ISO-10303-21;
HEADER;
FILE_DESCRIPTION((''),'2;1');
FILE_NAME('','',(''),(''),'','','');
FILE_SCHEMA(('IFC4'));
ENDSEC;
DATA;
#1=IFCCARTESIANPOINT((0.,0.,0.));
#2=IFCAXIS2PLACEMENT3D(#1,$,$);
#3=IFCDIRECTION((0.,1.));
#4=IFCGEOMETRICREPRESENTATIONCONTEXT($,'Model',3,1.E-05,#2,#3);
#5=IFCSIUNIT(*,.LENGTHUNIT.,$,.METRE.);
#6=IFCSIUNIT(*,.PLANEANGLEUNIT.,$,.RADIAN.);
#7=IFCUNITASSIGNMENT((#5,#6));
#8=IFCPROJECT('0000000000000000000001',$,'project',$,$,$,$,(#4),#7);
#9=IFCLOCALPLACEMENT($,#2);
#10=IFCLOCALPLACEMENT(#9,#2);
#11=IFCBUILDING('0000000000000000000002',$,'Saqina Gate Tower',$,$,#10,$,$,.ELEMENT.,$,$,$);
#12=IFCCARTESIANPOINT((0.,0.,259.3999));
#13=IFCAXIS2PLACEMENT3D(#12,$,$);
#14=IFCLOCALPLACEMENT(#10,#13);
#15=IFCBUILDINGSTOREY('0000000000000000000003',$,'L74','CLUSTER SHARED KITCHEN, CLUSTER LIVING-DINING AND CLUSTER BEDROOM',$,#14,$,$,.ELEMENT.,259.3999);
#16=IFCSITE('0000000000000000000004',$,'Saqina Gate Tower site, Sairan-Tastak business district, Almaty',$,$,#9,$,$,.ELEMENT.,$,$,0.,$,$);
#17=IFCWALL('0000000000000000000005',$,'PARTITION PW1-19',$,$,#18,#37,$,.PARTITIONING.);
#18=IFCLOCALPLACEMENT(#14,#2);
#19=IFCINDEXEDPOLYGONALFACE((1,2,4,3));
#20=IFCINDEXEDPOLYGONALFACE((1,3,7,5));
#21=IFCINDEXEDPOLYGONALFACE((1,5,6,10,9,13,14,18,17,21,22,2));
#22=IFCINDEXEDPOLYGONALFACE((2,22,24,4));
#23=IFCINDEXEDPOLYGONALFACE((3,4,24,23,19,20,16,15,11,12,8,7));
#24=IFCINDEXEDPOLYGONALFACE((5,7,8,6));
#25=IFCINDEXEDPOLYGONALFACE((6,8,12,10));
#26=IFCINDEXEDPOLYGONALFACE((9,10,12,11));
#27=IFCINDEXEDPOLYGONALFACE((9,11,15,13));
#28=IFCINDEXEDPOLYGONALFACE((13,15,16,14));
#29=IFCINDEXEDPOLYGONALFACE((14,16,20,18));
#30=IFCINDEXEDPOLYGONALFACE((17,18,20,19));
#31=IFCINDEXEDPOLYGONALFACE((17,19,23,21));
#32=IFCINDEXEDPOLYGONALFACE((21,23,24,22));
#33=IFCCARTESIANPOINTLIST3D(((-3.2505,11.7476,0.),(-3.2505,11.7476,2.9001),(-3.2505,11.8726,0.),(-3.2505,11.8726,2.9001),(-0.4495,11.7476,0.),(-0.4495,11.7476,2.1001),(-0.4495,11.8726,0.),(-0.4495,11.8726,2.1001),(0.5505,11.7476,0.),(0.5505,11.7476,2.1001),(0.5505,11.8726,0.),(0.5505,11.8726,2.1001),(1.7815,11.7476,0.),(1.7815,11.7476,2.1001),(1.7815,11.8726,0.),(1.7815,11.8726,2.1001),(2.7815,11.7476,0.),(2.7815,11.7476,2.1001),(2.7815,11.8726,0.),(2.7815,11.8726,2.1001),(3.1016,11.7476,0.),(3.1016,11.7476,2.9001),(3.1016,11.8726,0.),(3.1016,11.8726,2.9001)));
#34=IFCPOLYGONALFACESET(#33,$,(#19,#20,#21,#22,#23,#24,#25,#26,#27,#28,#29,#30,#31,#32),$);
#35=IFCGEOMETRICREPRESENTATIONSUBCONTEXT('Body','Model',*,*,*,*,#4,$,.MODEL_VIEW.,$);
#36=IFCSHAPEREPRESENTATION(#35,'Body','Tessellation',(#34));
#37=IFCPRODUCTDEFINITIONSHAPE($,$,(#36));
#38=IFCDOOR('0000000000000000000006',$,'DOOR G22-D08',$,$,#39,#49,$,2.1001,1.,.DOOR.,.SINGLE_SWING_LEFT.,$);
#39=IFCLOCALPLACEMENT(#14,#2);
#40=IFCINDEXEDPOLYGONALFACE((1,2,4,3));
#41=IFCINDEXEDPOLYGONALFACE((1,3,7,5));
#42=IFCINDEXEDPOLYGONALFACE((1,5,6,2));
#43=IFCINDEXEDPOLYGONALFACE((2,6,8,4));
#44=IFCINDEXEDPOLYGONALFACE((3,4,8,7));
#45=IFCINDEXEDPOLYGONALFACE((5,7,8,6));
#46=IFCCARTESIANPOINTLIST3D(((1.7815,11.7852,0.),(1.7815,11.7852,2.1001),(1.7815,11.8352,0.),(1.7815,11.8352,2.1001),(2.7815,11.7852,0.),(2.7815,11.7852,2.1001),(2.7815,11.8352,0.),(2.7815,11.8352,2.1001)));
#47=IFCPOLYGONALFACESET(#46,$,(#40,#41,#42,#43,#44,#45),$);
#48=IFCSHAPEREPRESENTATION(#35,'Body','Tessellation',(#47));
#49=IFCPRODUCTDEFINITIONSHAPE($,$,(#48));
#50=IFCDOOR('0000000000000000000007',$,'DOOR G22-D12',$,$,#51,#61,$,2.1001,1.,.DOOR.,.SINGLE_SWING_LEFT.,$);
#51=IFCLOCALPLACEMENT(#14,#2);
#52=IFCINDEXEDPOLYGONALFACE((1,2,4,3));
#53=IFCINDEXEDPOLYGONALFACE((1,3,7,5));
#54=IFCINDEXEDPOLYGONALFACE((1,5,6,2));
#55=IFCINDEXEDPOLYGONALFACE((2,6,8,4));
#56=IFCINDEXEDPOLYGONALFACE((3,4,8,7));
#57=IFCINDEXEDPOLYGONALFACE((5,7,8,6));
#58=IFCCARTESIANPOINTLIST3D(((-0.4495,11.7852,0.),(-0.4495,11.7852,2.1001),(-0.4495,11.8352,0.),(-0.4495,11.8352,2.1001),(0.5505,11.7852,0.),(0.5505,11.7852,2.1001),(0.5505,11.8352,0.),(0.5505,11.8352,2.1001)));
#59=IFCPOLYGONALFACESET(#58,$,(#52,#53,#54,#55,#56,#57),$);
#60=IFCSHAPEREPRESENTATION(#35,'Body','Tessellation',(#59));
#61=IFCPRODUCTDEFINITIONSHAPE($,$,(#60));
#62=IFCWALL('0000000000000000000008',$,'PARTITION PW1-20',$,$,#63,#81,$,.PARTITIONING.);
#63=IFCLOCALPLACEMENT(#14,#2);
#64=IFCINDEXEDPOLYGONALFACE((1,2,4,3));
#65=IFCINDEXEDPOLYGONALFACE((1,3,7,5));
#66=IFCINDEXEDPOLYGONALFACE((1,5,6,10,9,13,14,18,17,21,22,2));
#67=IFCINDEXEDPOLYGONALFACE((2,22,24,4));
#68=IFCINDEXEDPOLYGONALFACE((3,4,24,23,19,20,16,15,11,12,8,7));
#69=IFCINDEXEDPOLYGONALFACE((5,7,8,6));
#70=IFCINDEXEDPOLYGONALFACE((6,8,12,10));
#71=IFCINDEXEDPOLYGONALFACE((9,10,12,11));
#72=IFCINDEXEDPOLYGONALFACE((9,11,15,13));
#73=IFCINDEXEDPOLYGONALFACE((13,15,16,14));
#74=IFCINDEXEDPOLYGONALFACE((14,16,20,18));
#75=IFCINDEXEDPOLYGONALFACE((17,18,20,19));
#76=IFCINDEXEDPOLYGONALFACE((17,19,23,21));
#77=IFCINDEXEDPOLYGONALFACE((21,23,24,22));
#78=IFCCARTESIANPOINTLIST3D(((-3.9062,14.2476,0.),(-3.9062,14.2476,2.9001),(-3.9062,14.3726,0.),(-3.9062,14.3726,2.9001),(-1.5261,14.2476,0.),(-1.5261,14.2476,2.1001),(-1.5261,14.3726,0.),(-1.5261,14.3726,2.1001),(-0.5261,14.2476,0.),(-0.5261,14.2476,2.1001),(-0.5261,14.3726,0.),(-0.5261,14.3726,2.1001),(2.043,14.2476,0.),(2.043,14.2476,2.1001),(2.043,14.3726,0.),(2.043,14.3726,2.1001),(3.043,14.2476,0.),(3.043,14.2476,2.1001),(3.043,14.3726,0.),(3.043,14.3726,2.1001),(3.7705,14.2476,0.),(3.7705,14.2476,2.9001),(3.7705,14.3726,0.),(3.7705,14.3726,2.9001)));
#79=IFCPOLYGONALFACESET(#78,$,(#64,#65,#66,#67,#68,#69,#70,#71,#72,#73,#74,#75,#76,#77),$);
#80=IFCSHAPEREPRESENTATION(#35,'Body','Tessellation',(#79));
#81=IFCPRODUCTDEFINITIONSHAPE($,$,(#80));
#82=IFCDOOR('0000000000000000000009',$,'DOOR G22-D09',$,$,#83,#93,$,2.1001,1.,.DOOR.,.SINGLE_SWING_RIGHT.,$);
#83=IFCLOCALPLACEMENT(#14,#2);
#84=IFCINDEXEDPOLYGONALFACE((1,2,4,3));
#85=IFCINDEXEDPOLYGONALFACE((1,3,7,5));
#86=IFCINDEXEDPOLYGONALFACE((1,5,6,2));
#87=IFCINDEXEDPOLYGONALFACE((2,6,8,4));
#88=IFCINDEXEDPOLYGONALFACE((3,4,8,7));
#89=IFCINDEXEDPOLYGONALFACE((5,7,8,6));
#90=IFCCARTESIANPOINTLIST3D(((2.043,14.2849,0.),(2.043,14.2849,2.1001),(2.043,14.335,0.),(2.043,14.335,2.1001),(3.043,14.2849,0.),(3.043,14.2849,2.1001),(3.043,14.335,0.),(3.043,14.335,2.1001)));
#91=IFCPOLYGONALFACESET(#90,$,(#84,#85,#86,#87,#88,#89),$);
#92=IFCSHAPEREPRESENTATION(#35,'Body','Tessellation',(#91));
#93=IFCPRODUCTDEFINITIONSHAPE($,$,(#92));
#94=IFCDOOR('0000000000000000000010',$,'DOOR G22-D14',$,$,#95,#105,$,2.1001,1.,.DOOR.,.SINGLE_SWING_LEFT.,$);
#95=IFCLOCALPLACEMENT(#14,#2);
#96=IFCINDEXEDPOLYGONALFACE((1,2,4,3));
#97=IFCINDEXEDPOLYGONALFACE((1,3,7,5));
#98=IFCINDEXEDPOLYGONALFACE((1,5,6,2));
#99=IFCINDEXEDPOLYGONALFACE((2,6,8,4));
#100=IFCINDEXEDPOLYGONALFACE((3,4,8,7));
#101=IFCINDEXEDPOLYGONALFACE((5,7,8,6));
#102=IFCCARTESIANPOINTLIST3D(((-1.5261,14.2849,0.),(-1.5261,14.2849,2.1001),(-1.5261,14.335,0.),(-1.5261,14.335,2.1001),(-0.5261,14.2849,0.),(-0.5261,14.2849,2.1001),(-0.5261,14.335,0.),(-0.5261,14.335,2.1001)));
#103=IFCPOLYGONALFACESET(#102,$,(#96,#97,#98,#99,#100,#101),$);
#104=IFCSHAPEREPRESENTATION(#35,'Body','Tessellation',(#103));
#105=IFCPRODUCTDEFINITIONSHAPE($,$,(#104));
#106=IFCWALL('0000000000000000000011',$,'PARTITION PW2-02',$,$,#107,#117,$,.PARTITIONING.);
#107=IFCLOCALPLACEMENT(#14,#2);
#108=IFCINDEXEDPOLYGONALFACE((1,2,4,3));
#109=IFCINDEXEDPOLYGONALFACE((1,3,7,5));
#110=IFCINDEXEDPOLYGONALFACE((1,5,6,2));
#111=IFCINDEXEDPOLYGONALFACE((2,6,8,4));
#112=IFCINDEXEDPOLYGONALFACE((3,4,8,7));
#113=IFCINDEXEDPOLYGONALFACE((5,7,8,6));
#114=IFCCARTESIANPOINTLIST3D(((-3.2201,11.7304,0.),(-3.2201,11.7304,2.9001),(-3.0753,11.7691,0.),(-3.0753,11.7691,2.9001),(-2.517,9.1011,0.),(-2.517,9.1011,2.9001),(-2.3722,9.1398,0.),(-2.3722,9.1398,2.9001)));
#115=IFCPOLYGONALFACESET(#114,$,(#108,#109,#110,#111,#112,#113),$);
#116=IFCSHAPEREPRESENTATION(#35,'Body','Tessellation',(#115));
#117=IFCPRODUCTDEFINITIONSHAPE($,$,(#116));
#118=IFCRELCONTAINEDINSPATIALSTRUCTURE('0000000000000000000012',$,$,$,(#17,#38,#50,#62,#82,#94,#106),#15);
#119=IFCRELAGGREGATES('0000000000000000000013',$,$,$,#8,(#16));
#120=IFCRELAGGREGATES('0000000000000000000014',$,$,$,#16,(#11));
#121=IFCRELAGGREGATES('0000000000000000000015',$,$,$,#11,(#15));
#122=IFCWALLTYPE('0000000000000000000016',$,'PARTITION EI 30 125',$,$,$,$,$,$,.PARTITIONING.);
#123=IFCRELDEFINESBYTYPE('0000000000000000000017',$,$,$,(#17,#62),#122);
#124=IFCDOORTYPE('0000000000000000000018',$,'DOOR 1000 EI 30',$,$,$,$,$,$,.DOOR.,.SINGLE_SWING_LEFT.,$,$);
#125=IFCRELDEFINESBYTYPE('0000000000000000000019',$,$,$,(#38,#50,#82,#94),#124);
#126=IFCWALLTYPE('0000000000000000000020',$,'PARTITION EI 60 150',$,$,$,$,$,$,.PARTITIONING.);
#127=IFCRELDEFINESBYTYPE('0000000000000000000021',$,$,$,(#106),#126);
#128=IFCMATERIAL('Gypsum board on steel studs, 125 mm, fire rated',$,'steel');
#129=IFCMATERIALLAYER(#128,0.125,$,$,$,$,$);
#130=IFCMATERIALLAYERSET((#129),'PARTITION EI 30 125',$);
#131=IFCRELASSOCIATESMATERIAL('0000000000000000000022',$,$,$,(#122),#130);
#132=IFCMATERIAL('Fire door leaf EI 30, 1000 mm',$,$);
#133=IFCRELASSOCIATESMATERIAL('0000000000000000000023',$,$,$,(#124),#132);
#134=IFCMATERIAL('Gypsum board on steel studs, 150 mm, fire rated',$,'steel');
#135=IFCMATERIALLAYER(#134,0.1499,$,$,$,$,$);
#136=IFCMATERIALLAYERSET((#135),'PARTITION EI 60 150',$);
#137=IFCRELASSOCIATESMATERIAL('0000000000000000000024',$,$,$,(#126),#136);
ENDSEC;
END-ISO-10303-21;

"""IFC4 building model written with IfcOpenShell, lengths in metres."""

from ifc_helpers import new_model, si_unit, direction, frame, frame_2d, origin, place, context, subcontext, project, spatial, rectangle, extrude, material, layer, layer_set, type_object, element, fill, save


model = new_model("IFC4")

# Units and contexts
model_context = context("Model", 3, precision=1e-05, world=origin(), true_north=direction((0.0, 1.0)))
body_context = subcontext(model_context, "Body", "Model", "MODEL_VIEW")
ifc_project = project(units=[si_unit("LENGTHUNIT", "METRE"), si_unit("PLANEANGLEUNIT", "RADIAN")], contexts=[model_context])

# Site, building, storey
site_placement = place(None, origin())
site = spatial("IfcSite", under=ifc_project, at=site_placement, Name="Saqina Gate Tower site, Sairan-Tastak business district, Almaty", CompositionType="ELEMENT", RefElevation=0.0)
building_placement = place(site_placement, origin())
building = spatial("IfcBuilding", under=site, at=building_placement, Name="Saqina Gate Tower", CompositionType="ELEMENT")
storey_placement = place(building_placement, frame((0.0, 0.0, 259.3999)))
storey = spatial("IfcBuildingStorey", under=building, at=storey_placement, Name="L74", Description="CLUSTER SHARED KITCHEN, CLUSTER LIVING-DINING AND CLUSTER BEDROOM", CompositionType="ELEMENT", Elevation=259.3999)

# Walls, openings, doors
ifc_material_1 = material(Name="Gypsum board on steel studs, 125 mm, fire rated", Category="steel")
ifc_layer_1 = layer(ifc_material_1, 0.125)
ifc_layer_set_1 = layer_set([ifc_layer_1], Name="PARTITION EI 30 125")
wall_type_1 = type_object("IfcWallType", Name="PARTITION EI 30 125", PredefinedType="PARTITIONING", material=ifc_layer_set_1)
wall_1_placement = place(storey_placement, frame((-3.2505, 11.8101, 0.0), z_axis=(0.0, 0.0, 1.0), x_axis=(1.0, 0.0, 0.0)))
wall_1 = element("IfcWall", 1, at=wall_1_placement, inside=storey, type_object=wall_type_1, Name="PARTITION PW1-19", PredefinedType="PARTITIONING", context=body_context, shape_type="SweptSolid", body=[
    extrude(rectangle(XDim=6.3521, YDim=0.125, at=frame_2d((3.176, 0.0))), origin(), (0.0, 0.0, 1.0), 2.9001),
])
opening_1_placement = place(wall_1_placement, frame((5.032, 0.0, 0.0)))
opening_1 = element("IfcOpeningElement", 2, at=opening_1_placement, cuts=wall_1, PredefinedType="OPENING", context=body_context, shape_type="SweptSolid", body=[
    extrude(rectangle(XDim=1.0, YDim=2.1001, at=frame_2d((0.5, 1.05))), frame((0.0, 0.0745, 0.0), z_axis=(0.0, -1.0, 0.0), x_axis=(1.0, 0.0, 0.0)), (0.0, 0.0, 1.0), 0.1489),
])
opening_2_placement = place(wall_1_placement, frame((2.801, 0.0, 0.0)))
opening_2 = element("IfcOpeningElement", 3, at=opening_2_placement, cuts=wall_1, PredefinedType="OPENING", context=body_context, shape_type="SweptSolid", body=[
    extrude(rectangle(XDim=1.0, YDim=2.1001, at=frame_2d((0.5, 1.05))), frame((0.0, 0.0745, 0.0), z_axis=(0.0, -1.0, 0.0), x_axis=(1.0, 0.0, 0.0)), (0.0, 0.0, 1.0), 0.1489),
])
ifc_material_2 = material(Name="Fire door leaf EI 30, 1000 mm")
door_type_1 = type_object("IfcDoorType", Name="DOOR 1000 EI 30", OperationType="SINGLE_SWING_LEFT", PredefinedType="DOOR", material=ifc_material_2)
door_1_placement = place(opening_1_placement, frame((1.0, 0.0, 0.0), z_axis=(0.0, 0.0, 1.0), x_axis=(-1.0, 0.0, 0.0)))
door_1 = element("IfcDoor", 4, at=door_1_placement, inside=storey, type_object=door_type_1, Name="DOOR G22-D08", OperationType="SINGLE_SWING_LEFT", OverallHeight=2.1001, OverallWidth=1.0, PredefinedType="DOOR", context=body_context, shape_type="SweptSolid", body=[
    extrude(rectangle(XDim=1.0, YDim=2.1001, at=frame_2d((0.5, 1.05))), frame((0.0, 0.0249, 0.0), z_axis=(0.0, -1.0, 0.0), x_axis=(1.0, 0.0, 0.0)), (0.0, 0.0, 1.0), 0.05),
])
fill(opening_1, door_1)
door_2_placement = place(opening_2_placement, frame((1.0, 0.0, 0.0), z_axis=(0.0, 0.0, 1.0), x_axis=(-1.0, 0.0, 0.0)))
door_2 = element("IfcDoor", 5, at=door_2_placement, inside=storey, type_object=door_type_1, Name="DOOR G22-D12", OperationType="SINGLE_SWING_LEFT", OverallHeight=2.1001, OverallWidth=1.0, PredefinedType="DOOR", context=body_context, shape_type="SweptSolid", body=[
    extrude(rectangle(XDim=1.0, YDim=2.1001, at=frame_2d((0.5, 1.05))), frame((0.0, 0.0249, 0.0), z_axis=(0.0, -1.0, 0.0), x_axis=(1.0, 0.0, 0.0)), (0.0, 0.0, 1.0), 0.05),
])
fill(opening_2, door_2)
wall_2_placement = place(storey_placement, frame((-3.9062, 14.3101, 0.0), z_axis=(0.0, 0.0, 1.0), x_axis=(1.0, 0.0, 0.0)))
wall_2 = element("IfcWall", 6, at=wall_2_placement, inside=storey, type_object=wall_type_1, Name="PARTITION PW1-20", PredefinedType="PARTITIONING", context=body_context, shape_type="SweptSolid", body=[
    extrude(rectangle(XDim=7.6768, YDim=0.125, at=frame_2d((3.8384, 0.0))), origin(), (0.0, 0.0, 1.0), 2.9001),
])
opening_3_placement = place(wall_2_placement, frame((5.9492, 0.0, 0.0)))
opening_3 = element("IfcOpeningElement", 7, at=opening_3_placement, cuts=wall_2, PredefinedType="OPENING", context=body_context, shape_type="SweptSolid", body=[
    extrude(rectangle(XDim=1.0, YDim=2.1001, at=frame_2d((0.5, 1.05))), frame((0.0, 0.0745, 0.0), z_axis=(0.0, -1.0, 0.0), x_axis=(1.0, 0.0, 0.0)), (0.0, 0.0, 1.0), 0.1489),
])
opening_4_placement = place(wall_2_placement, frame((2.3801, 0.0, 0.0)))
opening_4 = element("IfcOpeningElement", 8, at=opening_4_placement, cuts=wall_2, PredefinedType="OPENING", context=body_context, shape_type="SweptSolid", body=[
    extrude(rectangle(XDim=1.0, YDim=2.1001, at=frame_2d((0.5, 1.05))), frame((0.0, 0.0745, 0.0), z_axis=(0.0, -1.0, 0.0), x_axis=(1.0, 0.0, 0.0)), (0.0, 0.0, 1.0), 0.1489),
])
door_3_placement = place(opening_3_placement, origin())
door_3 = element("IfcDoor", 9, at=door_3_placement, inside=storey, type_object=door_type_1, Name="DOOR G22-D09", OperationType="SINGLE_SWING_RIGHT", OverallHeight=2.1001, OverallWidth=1.0, PredefinedType="DOOR", context=body_context, shape_type="SweptSolid", body=[
    extrude(rectangle(XDim=1.0, YDim=2.1001, at=frame_2d((0.5, 1.05))), frame((0.0, 0.0249, 0.0), z_axis=(0.0, -1.0, 0.0), x_axis=(1.0, 0.0, 0.0)), (0.0, 0.0, 1.0), 0.05),
])
fill(opening_3, door_3)
door_4_placement = place(opening_4_placement, origin())
door_4 = element("IfcDoor", 10, at=door_4_placement, inside=storey, type_object=door_type_1, Name="DOOR G22-D14", OperationType="SINGLE_SWING_LEFT", OverallHeight=2.1001, OverallWidth=1.0, PredefinedType="DOOR", context=body_context, shape_type="SweptSolid", body=[
    extrude(rectangle(XDim=1.0, YDim=2.1001, at=frame_2d((0.5, 1.05))), frame((0.0, 0.0249, 0.0), z_axis=(0.0, -1.0, 0.0), x_axis=(1.0, 0.0, 0.0)), (0.0, 0.0, 1.0), 0.05),
])
fill(opening_4, door_4)

# Wall
ifc_material_3 = material(Name="Gypsum board on steel studs, 150 mm, fire rated", Category="steel")
ifc_layer_2 = layer(ifc_material_3, 0.1499)
ifc_layer_set_2 = layer_set([ifc_layer_2], Name="PARTITION EI 60 150")
wall_type_2 = type_object("IfcWallType", Name="PARTITION EI 60 150", PredefinedType="PARTITIONING", material=ifc_layer_set_2)
wall_3_placement = place(storey_placement, frame((-3.1477, 11.7498, 0.0), z_axis=(0.0, 0.0, 1.0), x_axis=(0.258333, -0.966056, 0.0)))
element("IfcWall", 11, at=wall_3_placement, inside=storey, type_object=wall_type_2, Name="PARTITION PW2-02", PredefinedType="PARTITIONING", context=body_context, shape_type="SweptSolid", body=[
    extrude(rectangle(XDim=2.7217, YDim=0.1499, at=frame_2d((1.3608, 0.0))), origin(), (0.0, 0.0, 1.0), 2.9001),
])

save(model, "model.ifc")
